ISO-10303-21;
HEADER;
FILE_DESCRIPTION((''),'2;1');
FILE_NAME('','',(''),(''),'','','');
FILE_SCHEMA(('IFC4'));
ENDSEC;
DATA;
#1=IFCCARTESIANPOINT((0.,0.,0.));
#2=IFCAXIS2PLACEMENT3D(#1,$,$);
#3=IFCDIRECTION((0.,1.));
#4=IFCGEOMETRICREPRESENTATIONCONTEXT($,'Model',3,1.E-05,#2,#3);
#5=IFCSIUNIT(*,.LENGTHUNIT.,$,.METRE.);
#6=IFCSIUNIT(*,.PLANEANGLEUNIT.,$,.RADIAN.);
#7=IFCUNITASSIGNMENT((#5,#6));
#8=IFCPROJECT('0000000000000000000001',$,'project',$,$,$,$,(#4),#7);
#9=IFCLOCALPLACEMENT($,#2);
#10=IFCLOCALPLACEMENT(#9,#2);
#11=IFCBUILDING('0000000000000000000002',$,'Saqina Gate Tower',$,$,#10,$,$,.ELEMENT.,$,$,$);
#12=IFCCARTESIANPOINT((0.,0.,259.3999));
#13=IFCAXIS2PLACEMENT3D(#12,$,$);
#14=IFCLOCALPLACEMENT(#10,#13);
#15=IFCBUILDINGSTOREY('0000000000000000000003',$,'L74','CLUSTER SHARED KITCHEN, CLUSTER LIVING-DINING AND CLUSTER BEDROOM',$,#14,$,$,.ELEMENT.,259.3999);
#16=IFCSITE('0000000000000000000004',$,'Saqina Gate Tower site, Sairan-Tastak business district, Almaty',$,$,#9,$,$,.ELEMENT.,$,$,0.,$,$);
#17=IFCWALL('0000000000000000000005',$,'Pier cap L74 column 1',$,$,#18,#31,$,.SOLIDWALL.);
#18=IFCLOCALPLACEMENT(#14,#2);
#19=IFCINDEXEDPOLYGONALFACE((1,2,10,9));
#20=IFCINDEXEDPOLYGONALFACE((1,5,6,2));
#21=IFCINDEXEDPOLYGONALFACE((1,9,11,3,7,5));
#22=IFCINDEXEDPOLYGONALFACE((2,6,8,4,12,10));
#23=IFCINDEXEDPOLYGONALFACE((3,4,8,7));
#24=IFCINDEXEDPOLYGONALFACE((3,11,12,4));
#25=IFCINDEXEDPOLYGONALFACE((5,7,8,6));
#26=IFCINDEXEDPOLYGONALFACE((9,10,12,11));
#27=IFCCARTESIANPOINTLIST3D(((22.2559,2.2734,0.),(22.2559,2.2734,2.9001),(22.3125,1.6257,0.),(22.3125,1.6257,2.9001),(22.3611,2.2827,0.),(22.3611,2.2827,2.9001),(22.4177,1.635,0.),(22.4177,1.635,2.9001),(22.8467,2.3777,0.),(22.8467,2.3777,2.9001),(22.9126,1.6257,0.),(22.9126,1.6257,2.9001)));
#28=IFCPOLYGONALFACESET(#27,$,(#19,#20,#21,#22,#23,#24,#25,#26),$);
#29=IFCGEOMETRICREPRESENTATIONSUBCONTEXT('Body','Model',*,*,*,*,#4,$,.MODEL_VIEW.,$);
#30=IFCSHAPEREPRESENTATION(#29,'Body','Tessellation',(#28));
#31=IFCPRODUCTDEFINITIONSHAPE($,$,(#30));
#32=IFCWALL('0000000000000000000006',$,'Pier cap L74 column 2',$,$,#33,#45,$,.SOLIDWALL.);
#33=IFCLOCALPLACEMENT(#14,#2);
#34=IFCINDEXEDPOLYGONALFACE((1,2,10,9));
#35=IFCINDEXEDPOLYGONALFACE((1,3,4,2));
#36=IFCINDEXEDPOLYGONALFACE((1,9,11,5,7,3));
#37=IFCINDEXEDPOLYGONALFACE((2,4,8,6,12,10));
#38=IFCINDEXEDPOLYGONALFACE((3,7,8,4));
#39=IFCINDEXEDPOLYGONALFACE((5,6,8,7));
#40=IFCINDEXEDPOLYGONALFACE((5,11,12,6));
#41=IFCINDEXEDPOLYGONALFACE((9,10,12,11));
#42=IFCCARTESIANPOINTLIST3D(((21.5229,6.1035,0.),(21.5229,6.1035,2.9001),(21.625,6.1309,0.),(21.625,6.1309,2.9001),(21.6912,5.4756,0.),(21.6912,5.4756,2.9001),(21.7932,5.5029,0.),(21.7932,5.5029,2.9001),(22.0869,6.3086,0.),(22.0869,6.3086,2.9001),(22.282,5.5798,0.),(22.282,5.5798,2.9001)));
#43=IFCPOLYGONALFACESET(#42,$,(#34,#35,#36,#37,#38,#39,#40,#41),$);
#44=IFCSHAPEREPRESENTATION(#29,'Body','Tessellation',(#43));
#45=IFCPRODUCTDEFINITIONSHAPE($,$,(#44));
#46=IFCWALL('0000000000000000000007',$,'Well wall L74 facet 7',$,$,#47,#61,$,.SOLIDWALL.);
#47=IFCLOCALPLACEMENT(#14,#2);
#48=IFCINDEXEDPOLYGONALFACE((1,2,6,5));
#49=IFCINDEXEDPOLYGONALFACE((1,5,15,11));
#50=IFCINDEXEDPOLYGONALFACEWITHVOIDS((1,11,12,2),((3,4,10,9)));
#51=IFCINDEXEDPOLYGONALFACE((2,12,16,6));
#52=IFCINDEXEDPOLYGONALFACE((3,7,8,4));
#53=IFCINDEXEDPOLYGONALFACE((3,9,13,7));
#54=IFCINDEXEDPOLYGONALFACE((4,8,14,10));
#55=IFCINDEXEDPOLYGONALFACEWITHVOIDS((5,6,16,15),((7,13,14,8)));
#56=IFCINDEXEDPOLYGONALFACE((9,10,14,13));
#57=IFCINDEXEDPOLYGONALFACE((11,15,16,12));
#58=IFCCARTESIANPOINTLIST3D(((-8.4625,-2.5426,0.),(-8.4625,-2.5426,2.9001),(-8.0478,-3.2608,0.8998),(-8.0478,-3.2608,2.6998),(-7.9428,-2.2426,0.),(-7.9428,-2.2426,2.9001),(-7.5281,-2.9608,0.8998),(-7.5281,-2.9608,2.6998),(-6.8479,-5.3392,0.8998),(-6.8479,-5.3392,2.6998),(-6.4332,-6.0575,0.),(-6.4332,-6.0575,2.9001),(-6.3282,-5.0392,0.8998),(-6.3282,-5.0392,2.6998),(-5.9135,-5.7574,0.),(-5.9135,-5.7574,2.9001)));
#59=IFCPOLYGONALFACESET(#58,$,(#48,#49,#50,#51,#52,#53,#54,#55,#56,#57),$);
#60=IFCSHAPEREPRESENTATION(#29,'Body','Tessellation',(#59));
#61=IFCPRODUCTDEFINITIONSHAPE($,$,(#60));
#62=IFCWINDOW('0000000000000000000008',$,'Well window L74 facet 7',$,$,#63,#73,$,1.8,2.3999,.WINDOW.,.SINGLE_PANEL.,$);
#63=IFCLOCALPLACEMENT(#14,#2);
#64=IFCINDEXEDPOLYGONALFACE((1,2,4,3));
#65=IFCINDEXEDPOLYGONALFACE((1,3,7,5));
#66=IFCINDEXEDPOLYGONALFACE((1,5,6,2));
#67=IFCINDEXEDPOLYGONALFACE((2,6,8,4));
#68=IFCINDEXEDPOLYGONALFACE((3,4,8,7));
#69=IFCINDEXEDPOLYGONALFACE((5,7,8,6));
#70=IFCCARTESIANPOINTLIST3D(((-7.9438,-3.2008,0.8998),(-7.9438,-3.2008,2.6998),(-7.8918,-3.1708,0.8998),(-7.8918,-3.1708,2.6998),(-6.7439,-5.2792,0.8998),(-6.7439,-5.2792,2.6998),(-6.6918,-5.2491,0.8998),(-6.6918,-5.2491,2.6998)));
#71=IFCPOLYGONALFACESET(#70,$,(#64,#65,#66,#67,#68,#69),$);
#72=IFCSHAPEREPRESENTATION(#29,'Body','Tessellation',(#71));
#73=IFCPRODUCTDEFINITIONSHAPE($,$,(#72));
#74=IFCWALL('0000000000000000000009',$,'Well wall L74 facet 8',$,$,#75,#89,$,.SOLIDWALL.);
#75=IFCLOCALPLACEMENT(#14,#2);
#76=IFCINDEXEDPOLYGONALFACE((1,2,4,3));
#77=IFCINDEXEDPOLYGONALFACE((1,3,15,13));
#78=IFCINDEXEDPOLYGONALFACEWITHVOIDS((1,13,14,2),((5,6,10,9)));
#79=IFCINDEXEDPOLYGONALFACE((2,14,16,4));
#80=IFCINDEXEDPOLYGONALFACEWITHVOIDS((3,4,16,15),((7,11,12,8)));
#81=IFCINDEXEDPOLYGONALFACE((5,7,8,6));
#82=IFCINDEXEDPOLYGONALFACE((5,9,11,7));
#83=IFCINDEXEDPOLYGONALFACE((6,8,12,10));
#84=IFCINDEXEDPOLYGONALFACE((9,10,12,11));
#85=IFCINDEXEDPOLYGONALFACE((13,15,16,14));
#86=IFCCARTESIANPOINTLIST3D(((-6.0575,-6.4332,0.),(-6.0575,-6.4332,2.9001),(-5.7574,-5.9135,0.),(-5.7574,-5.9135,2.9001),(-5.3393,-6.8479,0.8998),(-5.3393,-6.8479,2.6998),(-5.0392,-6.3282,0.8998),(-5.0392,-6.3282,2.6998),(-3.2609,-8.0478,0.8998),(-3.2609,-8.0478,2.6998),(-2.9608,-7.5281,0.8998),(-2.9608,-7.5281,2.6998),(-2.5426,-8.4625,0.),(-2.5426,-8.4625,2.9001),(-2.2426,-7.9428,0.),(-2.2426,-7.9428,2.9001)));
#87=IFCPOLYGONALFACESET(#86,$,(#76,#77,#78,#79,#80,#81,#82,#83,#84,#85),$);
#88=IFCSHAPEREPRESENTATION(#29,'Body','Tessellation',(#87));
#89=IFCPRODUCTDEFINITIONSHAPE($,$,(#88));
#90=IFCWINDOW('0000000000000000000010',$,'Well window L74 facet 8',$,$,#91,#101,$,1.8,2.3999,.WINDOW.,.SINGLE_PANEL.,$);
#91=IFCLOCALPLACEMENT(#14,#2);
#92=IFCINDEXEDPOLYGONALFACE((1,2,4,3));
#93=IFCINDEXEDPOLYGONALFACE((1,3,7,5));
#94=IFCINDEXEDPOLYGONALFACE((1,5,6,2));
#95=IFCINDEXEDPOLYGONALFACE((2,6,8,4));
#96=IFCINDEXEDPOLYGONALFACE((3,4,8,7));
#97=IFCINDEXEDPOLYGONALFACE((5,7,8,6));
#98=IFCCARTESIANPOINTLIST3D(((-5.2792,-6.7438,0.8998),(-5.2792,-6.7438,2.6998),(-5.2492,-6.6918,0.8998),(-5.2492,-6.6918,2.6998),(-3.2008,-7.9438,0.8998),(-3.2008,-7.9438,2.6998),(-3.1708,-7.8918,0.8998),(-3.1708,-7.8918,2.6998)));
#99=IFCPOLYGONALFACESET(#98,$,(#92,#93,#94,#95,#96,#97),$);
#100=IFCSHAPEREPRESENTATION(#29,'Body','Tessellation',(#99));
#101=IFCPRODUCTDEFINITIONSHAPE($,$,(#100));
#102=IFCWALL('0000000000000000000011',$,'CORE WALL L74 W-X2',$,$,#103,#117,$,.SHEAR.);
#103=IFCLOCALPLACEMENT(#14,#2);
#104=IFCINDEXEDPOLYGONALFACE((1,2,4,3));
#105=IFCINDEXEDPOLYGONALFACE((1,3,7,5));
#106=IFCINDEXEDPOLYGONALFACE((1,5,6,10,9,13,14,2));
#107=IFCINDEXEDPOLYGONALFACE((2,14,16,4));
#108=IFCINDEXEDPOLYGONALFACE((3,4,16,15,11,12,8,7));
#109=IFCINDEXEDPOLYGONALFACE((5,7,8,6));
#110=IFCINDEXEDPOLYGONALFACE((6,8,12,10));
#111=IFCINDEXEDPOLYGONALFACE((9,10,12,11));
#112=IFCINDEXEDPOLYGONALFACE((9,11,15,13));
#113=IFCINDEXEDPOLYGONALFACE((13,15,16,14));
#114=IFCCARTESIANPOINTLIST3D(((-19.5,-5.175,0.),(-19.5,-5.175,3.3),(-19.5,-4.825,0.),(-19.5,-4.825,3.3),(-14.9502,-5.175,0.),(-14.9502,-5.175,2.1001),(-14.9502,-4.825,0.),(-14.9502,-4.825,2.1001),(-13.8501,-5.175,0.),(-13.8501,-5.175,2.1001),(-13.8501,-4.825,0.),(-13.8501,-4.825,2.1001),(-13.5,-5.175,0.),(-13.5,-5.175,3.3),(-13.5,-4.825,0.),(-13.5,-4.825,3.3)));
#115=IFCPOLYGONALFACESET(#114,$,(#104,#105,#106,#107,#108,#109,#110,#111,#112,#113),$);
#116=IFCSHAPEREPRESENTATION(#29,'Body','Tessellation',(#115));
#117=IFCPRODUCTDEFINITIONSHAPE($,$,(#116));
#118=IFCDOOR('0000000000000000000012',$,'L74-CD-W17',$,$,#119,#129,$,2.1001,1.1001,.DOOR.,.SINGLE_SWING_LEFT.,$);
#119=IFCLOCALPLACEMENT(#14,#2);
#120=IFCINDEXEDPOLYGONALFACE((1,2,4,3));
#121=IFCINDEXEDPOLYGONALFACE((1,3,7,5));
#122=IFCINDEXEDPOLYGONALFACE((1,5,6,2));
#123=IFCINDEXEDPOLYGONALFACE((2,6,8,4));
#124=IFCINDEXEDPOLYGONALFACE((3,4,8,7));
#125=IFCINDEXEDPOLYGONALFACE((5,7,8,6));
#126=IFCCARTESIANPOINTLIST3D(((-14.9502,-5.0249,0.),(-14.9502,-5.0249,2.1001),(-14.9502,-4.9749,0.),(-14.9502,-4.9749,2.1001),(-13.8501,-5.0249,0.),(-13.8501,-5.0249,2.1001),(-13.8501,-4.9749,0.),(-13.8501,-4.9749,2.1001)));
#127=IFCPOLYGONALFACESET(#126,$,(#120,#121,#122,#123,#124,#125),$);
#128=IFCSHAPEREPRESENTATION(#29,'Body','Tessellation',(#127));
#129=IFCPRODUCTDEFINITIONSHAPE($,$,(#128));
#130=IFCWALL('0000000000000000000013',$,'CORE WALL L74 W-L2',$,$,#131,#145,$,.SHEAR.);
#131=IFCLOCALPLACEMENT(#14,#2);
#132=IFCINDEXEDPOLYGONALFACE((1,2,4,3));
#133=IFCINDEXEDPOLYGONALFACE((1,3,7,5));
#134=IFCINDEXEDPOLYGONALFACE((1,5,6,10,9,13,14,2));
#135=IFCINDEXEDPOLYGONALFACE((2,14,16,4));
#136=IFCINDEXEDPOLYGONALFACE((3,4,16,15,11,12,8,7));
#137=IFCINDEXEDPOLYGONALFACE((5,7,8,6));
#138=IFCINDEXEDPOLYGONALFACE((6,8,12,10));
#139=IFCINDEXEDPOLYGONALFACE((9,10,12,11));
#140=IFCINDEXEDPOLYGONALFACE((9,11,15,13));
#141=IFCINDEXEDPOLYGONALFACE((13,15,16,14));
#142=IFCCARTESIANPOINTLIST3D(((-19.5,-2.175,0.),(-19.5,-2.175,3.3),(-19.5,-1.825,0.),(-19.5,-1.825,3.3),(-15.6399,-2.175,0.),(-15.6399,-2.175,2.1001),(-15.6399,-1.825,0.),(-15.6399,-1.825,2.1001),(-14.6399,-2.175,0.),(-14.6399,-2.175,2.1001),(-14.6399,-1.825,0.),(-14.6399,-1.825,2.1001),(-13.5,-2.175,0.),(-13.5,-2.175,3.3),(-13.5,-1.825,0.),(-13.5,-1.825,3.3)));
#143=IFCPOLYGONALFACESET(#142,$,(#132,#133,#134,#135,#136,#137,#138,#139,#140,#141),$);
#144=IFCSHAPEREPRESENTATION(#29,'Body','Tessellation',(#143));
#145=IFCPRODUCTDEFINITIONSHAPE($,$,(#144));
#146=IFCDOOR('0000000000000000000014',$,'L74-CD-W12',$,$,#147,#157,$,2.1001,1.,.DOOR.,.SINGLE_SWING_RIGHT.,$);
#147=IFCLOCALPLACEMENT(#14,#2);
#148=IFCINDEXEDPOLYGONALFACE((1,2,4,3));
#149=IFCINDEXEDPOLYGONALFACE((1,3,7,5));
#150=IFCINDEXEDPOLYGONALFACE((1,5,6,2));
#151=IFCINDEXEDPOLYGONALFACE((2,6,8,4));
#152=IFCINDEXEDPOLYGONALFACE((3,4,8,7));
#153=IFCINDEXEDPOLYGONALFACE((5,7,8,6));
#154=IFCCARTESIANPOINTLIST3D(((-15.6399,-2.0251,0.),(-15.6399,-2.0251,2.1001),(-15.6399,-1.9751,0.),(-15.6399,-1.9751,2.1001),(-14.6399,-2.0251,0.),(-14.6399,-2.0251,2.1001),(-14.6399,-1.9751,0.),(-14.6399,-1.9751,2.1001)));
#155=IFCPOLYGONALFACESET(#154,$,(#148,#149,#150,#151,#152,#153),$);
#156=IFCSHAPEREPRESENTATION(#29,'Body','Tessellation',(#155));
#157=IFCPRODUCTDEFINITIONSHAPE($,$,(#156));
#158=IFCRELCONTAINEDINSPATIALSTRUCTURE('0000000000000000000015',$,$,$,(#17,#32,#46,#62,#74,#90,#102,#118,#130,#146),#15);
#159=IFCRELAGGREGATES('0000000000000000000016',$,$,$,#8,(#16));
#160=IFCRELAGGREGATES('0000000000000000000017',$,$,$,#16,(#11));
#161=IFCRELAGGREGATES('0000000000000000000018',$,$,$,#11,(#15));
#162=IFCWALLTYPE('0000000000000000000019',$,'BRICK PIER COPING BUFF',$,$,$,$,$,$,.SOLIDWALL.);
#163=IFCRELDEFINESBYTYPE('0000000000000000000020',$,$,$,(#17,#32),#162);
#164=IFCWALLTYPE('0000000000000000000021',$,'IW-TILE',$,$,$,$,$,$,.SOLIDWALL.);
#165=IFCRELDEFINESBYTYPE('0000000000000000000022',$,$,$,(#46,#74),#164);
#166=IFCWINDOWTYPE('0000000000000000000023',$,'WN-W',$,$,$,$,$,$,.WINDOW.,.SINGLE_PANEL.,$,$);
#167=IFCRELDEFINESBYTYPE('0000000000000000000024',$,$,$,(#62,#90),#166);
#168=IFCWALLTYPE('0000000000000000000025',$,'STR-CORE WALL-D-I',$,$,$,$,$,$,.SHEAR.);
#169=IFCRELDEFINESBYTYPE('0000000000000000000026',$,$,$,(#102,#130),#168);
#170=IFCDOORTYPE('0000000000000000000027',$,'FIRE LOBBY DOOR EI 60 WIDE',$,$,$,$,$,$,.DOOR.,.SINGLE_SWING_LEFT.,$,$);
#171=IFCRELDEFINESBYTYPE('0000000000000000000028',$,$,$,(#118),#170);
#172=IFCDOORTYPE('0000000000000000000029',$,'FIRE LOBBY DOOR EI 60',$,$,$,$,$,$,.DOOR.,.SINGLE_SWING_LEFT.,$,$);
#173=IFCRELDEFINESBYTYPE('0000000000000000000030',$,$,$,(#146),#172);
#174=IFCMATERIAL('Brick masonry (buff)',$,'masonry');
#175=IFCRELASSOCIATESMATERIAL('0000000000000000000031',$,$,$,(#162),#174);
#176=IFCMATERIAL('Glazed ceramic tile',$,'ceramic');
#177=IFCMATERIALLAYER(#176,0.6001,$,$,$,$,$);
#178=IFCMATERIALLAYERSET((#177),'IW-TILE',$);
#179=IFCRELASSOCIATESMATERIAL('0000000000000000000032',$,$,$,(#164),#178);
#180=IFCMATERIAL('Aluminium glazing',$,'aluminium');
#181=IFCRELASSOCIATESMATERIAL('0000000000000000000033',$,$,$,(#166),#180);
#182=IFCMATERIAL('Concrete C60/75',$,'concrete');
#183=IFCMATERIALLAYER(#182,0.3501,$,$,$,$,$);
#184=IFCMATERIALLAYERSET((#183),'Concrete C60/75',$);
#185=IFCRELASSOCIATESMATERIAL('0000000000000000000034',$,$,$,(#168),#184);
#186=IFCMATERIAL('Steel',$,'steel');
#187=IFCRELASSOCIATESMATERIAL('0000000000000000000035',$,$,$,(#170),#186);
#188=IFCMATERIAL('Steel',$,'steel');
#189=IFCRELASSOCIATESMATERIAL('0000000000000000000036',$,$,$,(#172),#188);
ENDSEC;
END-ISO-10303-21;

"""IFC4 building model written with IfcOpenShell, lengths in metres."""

from ifc_helpers import new_model, si_unit, direction, frame, frame_2d, origin, place, context, subcontext, project, spatial, polyline, rectangle, outline, extrude, material, layer, layer_set, type_object, element, fill, save


model = new_model("IFC4")

# Units and contexts
model_context = context("Model", 3, precision=1e-05, world=origin(), true_north=direction((0.0, 1.0)))
body_context = subcontext(model_context, "Body", "Model", "MODEL_VIEW")
ifc_project = project(units=[si_unit("LENGTHUNIT", "METRE"), si_unit("PLANEANGLEUNIT", "RADIAN")], contexts=[model_context])

# Site, building, storey
site_placement = place(None, origin())
site = spatial("IfcSite", under=ifc_project, at=site_placement, Name="Saqina Gate Tower site, Sairan-Tastak business district, Almaty", CompositionType="ELEMENT", RefElevation=0.0)
building_placement = place(site_placement, origin())
building = spatial("IfcBuilding", under=site, at=building_placement, Name="Saqina Gate Tower", CompositionType="ELEMENT")
storey_placement = place(building_placement, frame((0.0, 0.0, 259.3999)))
storey = spatial("IfcBuildingStorey", under=building, at=storey_placement, Name="L74", Description="CLUSTER SHARED KITCHEN, CLUSTER LIVING-DINING AND CLUSTER BEDROOM", CompositionType="ELEMENT", Elevation=259.3999)

# Walls
ifc_material_1 = material(Name="Brick masonry (buff)", Category="masonry")
wall_type_1 = type_object("IfcWallType", Name="BRICK PIER COPING BUFF", PredefinedType="SOLIDWALL", material=ifc_material_1)
wall_1_placement = place(storey_placement, origin())
element("IfcWall", 1, at=wall_1_placement, inside=storey, type_object=wall_type_1, Name="Pier cap L74 column 1", PredefinedType="SOLIDWALL", context=body_context, shape_type="SweptSolid", body=[
    extrude(outline(polyline([(22.9126, 1.6257), (22.8467, 2.3777), (22.2559, 2.2734), (22.3611, 2.2827), (22.4177, 1.635), (22.3125, 1.6257), (22.9126, 1.6257)])), origin(), (0.0, 0.0, 1.0), 2.9001),
])
wall_2_placement = place(storey_placement, origin())
element("IfcWall", 2, at=wall_2_placement, inside=storey, type_object=wall_type_1, Name="Pier cap L74 column 2", PredefinedType="SOLIDWALL", context=body_context, shape_type="SweptSolid", body=[
    extrude(outline(polyline([(22.0869, 6.3086), (21.5229, 6.1035), (21.625, 6.1309), (21.7932, 5.5029), (21.6912, 5.4756), (22.282, 5.5798), (22.0869, 6.3086)])), origin(), (0.0, 0.0, 1.0), 2.9001),
])

# Walls, openings, windows
ifc_material_2 = material(Name="Glazed ceramic tile", Category="ceramic")
ifc_layer_1 = layer(ifc_material_2, 0.6001)
ifc_layer_set_1 = layer_set([ifc_layer_1], Name="IW-TILE")
wall_type_2 = type_object("IfcWallType", Name="IW-TILE", PredefinedType="SOLIDWALL", material=ifc_layer_set_1)
wall_3_placement = place(storey_placement, frame((-8.2026, -2.3926, 0.0), z_axis=(0.0, 0.0, 1.0), x_axis=(0.499995, -0.866028, 0.0)))
wall_3 = element("IfcWall", 3, at=wall_3_placement, inside=storey, type_object=wall_type_2, Name="Well wall L74 facet 7", PredefinedType="SOLIDWALL", context=body_context, shape_type="SweptSolid", body=[
    extrude(rectangle(XDim=4.0586, YDim=0.6001, at=frame_2d((2.0293, 0.0))), origin(), (0.0, 0.0, 1.0), 2.9001),
])
opening_1_placement = place(wall_3_placement, frame((0.8293, 0.0, 0.8999)))
opening_1 = element("IfcOpeningElement", 4, at=opening_1_placement, cuts=wall_3, PredefinedType="OPENING", context=body_context, shape_type="SweptSolid", body=[
    extrude(rectangle(XDim=2.3999, YDim=1.8, at=frame_2d((1.2, 0.8999))), frame((0.0, 0.312, 0.0), z_axis=(0.0, -1.0, 0.0), x_axis=(1.0, 0.0, 0.0)), (0.0, 0.0, 1.0), 0.624),
])
ifc_material_3 = material(Name="Aluminium glazing", Category="aluminium")
window_type = type_object("IfcWindowType", Name="WN-W", PartitioningType="SINGLE_PANEL", PredefinedType="WINDOW", material=ifc_material_3)
window_1_placement = place(opening_1_placement, origin())
window_1 = element("IfcWindow", 5, at=window_1_placement, inside=storey, type_object=window_type, Name="Well window L74 facet 7", OverallHeight=1.8, OverallWidth=2.3999, PartitioningType="SINGLE_PANEL", PredefinedType="WINDOW", context=body_context, shape_type="SweptSolid", body=[
    extrude(rectangle(XDim=2.3999, YDim=1.8, at=frame_2d((1.2, 0.8999))), frame((0.0, -0.1199, 0.0), z_axis=(0.0, -1.0, 0.0), x_axis=(1.0, 0.0, 0.0)), (0.0, 0.0, 1.0), 0.0601),
])
fill(opening_1, window_1)
wall_4_placement = place(storey_placement, frame((-5.9075, -6.1733, 0.0), z_axis=(0.0, 0.0, 1.0), x_axis=(0.866028, -0.499995, 0.0)))
wall_4 = element("IfcWall", 6, at=wall_4_placement, inside=storey, type_object=wall_type_2, Name="Well wall L74 facet 8", PredefinedType="SOLIDWALL", context=body_context, shape_type="SweptSolid", body=[
    extrude(rectangle(XDim=4.0586, YDim=0.6001, at=frame_2d((2.0293, 0.0))), origin(), (0.0, 0.0, 1.0), 2.9001),
])
opening_2_placement = place(wall_4_placement, frame((0.8293, 0.0, 0.8999)))
opening_2 = element("IfcOpeningElement", 7, at=opening_2_placement, cuts=wall_4, PredefinedType="OPENING", context=body_context, shape_type="SweptSolid", body=[
    extrude(rectangle(XDim=2.3999, YDim=1.8, at=frame_2d((1.2, 0.8999))), frame((0.0, 0.312, 0.0), z_axis=(0.0, -1.0, 0.0), x_axis=(1.0, 0.0, 0.0)), (0.0, 0.0, 1.0), 0.624),
])
window_2_placement = place(opening_2_placement, origin())
window_2 = element("IfcWindow", 8, at=window_2_placement, inside=storey, type_object=window_type, Name="Well window L74 facet 8", OverallHeight=1.8, OverallWidth=2.3999, PartitioningType="SINGLE_PANEL", PredefinedType="WINDOW", context=body_context, shape_type="SweptSolid", body=[
    extrude(rectangle(XDim=2.3999, YDim=1.8, at=frame_2d((1.2, 0.8999))), frame((0.0, -0.1199, 0.0), z_axis=(0.0, -1.0, 0.0), x_axis=(1.0, 0.0, 0.0)), (0.0, 0.0, 1.0), 0.0601),
])
fill(opening_2, window_2)

# Walls, openings, doors
ifc_material_4 = material(Name="Concrete C60/75", Category="concrete")
ifc_layer_2 = layer(ifc_material_4, 0.3501)
ifc_layer_set_2 = layer_set([ifc_layer_2], Name="Concrete C60/75")
wall_type_3 = type_object("IfcWallType", Name="STR-CORE WALL-D-I", PredefinedType="SHEAR", material=ifc_layer_set_2)
wall_5_placement = place(storey_placement, frame((-13.5, -5.0, 0.0), z_axis=(0.0, 0.0, 1.0), x_axis=(-1.0, 0.0, 0.0)))
wall_5 = element("IfcWall", 9, at=wall_5_placement, inside=storey, type_object=wall_type_3, Name="CORE WALL L74 W-X2", PredefinedType="SHEAR", context=body_context, shape_type="SweptSolid", body=[
    extrude(rectangle(XDim=6.0, YDim=0.3501, at=frame_2d((3.0, 0.0))), origin(), (0.0, 0.0, 1.0), 3.3),
])
opening_3_placement = place(wall_5_placement, frame((0.3501, 0.0, 0.0)))
opening_3 = element("IfcOpeningElement", 10, at=opening_3_placement, cuts=wall_5, PredefinedType="OPENING", context=body_context, shape_type="SweptSolid", body=[
    extrude(rectangle(XDim=1.1001, YDim=2.1001, at=frame_2d((0.55, 1.05))), frame((0.0, 0.187, 0.0), z_axis=(0.0, -1.0, 0.0), x_axis=(1.0, 0.0, 0.0)), (0.0, 0.0, 1.0), 0.374),
])
ifc_material_5 = material(Name="Steel", Category="steel")
door_type_1 = type_object("IfcDoorType", Name="FIRE LOBBY DOOR EI 60 WIDE", OperationType="SINGLE_SWING_LEFT", PredefinedType="DOOR", material=ifc_material_5)
door_1_placement = place(opening_3_placement, origin())
door_1 = element("IfcDoor", 11, at=door_1_placement, inside=storey, type_object=door_type_1, Name="L74-CD-W17", OperationType="SINGLE_SWING_LEFT", OverallHeight=2.1001, OverallWidth=1.1001, PredefinedType="DOOR", context=body_context, shape_type="SweptSolid", body=[
    extrude(rectangle(XDim=1.1001, YDim=2.1001, at=frame_2d((0.55, 1.05))), frame((0.0, 0.0249, 0.0), z_axis=(0.0, -1.0, 0.0), x_axis=(1.0, 0.0, 0.0)), (0.0, 0.0, 1.0), 0.05),
])
fill(opening_3, door_1)
wall_6_placement = place(storey_placement, frame((-13.5, -2.0, 0.0), z_axis=(0.0, 0.0, 1.0), x_axis=(-1.0, 0.0, 0.0)))
wall_6 = element("IfcWall", 12, at=wall_6_placement, inside=storey, type_object=wall_type_3, Name="CORE WALL L74 W-L2", PredefinedType="SHEAR", context=body_context, shape_type="SweptSolid", body=[
    extrude(rectangle(XDim=6.0, YDim=0.3501, at=frame_2d((3.0, 0.0))), origin(), (0.0, 0.0, 1.0), 3.3),
])
opening_4_placement = place(wall_6_placement, frame((1.1399, 0.0, 0.0)))
opening_4 = element("IfcOpeningElement", 13, at=opening_4_placement, cuts=wall_6, PredefinedType="OPENING", context=body_context, shape_type="SweptSolid", body=[
    extrude(rectangle(XDim=1.0, YDim=2.1001, at=frame_2d((0.5, 1.05))), frame((0.0, 0.187, 0.0), z_axis=(0.0, -1.0, 0.0), x_axis=(1.0, 0.0, 0.0)), (0.0, 0.0, 1.0), 0.374),
])
ifc_material_6 = material(Name="Steel", Category="steel")
door_type_2 = type_object("IfcDoorType", Name="FIRE LOBBY DOOR EI 60", OperationType="SINGLE_SWING_LEFT", PredefinedType="DOOR", material=ifc_material_6)
door_2_placement = place(opening_4_placement, frame((1.0, 0.0, 0.0), z_axis=(0.0, 0.0, 1.0), x_axis=(-1.0, 0.0, 0.0)))
door_2 = element("IfcDoor", 14, at=door_2_placement, inside=storey, type_object=door_type_2, Name="L74-CD-W12", OperationType="SINGLE_SWING_RIGHT", OverallHeight=2.1001, OverallWidth=1.0, PredefinedType="DOOR", context=body_context, shape_type="SweptSolid", body=[
    extrude(rectangle(XDim=1.0, YDim=2.1001, at=frame_2d((0.5, 1.05))), frame((0.0, 0.0249, 0.0), z_axis=(0.0, -1.0, 0.0), x_axis=(1.0, 0.0, 0.0)), (0.0, 0.0, 1.0), 0.05),
])
fill(opening_4, door_2)

save(model, "model.ifc")
